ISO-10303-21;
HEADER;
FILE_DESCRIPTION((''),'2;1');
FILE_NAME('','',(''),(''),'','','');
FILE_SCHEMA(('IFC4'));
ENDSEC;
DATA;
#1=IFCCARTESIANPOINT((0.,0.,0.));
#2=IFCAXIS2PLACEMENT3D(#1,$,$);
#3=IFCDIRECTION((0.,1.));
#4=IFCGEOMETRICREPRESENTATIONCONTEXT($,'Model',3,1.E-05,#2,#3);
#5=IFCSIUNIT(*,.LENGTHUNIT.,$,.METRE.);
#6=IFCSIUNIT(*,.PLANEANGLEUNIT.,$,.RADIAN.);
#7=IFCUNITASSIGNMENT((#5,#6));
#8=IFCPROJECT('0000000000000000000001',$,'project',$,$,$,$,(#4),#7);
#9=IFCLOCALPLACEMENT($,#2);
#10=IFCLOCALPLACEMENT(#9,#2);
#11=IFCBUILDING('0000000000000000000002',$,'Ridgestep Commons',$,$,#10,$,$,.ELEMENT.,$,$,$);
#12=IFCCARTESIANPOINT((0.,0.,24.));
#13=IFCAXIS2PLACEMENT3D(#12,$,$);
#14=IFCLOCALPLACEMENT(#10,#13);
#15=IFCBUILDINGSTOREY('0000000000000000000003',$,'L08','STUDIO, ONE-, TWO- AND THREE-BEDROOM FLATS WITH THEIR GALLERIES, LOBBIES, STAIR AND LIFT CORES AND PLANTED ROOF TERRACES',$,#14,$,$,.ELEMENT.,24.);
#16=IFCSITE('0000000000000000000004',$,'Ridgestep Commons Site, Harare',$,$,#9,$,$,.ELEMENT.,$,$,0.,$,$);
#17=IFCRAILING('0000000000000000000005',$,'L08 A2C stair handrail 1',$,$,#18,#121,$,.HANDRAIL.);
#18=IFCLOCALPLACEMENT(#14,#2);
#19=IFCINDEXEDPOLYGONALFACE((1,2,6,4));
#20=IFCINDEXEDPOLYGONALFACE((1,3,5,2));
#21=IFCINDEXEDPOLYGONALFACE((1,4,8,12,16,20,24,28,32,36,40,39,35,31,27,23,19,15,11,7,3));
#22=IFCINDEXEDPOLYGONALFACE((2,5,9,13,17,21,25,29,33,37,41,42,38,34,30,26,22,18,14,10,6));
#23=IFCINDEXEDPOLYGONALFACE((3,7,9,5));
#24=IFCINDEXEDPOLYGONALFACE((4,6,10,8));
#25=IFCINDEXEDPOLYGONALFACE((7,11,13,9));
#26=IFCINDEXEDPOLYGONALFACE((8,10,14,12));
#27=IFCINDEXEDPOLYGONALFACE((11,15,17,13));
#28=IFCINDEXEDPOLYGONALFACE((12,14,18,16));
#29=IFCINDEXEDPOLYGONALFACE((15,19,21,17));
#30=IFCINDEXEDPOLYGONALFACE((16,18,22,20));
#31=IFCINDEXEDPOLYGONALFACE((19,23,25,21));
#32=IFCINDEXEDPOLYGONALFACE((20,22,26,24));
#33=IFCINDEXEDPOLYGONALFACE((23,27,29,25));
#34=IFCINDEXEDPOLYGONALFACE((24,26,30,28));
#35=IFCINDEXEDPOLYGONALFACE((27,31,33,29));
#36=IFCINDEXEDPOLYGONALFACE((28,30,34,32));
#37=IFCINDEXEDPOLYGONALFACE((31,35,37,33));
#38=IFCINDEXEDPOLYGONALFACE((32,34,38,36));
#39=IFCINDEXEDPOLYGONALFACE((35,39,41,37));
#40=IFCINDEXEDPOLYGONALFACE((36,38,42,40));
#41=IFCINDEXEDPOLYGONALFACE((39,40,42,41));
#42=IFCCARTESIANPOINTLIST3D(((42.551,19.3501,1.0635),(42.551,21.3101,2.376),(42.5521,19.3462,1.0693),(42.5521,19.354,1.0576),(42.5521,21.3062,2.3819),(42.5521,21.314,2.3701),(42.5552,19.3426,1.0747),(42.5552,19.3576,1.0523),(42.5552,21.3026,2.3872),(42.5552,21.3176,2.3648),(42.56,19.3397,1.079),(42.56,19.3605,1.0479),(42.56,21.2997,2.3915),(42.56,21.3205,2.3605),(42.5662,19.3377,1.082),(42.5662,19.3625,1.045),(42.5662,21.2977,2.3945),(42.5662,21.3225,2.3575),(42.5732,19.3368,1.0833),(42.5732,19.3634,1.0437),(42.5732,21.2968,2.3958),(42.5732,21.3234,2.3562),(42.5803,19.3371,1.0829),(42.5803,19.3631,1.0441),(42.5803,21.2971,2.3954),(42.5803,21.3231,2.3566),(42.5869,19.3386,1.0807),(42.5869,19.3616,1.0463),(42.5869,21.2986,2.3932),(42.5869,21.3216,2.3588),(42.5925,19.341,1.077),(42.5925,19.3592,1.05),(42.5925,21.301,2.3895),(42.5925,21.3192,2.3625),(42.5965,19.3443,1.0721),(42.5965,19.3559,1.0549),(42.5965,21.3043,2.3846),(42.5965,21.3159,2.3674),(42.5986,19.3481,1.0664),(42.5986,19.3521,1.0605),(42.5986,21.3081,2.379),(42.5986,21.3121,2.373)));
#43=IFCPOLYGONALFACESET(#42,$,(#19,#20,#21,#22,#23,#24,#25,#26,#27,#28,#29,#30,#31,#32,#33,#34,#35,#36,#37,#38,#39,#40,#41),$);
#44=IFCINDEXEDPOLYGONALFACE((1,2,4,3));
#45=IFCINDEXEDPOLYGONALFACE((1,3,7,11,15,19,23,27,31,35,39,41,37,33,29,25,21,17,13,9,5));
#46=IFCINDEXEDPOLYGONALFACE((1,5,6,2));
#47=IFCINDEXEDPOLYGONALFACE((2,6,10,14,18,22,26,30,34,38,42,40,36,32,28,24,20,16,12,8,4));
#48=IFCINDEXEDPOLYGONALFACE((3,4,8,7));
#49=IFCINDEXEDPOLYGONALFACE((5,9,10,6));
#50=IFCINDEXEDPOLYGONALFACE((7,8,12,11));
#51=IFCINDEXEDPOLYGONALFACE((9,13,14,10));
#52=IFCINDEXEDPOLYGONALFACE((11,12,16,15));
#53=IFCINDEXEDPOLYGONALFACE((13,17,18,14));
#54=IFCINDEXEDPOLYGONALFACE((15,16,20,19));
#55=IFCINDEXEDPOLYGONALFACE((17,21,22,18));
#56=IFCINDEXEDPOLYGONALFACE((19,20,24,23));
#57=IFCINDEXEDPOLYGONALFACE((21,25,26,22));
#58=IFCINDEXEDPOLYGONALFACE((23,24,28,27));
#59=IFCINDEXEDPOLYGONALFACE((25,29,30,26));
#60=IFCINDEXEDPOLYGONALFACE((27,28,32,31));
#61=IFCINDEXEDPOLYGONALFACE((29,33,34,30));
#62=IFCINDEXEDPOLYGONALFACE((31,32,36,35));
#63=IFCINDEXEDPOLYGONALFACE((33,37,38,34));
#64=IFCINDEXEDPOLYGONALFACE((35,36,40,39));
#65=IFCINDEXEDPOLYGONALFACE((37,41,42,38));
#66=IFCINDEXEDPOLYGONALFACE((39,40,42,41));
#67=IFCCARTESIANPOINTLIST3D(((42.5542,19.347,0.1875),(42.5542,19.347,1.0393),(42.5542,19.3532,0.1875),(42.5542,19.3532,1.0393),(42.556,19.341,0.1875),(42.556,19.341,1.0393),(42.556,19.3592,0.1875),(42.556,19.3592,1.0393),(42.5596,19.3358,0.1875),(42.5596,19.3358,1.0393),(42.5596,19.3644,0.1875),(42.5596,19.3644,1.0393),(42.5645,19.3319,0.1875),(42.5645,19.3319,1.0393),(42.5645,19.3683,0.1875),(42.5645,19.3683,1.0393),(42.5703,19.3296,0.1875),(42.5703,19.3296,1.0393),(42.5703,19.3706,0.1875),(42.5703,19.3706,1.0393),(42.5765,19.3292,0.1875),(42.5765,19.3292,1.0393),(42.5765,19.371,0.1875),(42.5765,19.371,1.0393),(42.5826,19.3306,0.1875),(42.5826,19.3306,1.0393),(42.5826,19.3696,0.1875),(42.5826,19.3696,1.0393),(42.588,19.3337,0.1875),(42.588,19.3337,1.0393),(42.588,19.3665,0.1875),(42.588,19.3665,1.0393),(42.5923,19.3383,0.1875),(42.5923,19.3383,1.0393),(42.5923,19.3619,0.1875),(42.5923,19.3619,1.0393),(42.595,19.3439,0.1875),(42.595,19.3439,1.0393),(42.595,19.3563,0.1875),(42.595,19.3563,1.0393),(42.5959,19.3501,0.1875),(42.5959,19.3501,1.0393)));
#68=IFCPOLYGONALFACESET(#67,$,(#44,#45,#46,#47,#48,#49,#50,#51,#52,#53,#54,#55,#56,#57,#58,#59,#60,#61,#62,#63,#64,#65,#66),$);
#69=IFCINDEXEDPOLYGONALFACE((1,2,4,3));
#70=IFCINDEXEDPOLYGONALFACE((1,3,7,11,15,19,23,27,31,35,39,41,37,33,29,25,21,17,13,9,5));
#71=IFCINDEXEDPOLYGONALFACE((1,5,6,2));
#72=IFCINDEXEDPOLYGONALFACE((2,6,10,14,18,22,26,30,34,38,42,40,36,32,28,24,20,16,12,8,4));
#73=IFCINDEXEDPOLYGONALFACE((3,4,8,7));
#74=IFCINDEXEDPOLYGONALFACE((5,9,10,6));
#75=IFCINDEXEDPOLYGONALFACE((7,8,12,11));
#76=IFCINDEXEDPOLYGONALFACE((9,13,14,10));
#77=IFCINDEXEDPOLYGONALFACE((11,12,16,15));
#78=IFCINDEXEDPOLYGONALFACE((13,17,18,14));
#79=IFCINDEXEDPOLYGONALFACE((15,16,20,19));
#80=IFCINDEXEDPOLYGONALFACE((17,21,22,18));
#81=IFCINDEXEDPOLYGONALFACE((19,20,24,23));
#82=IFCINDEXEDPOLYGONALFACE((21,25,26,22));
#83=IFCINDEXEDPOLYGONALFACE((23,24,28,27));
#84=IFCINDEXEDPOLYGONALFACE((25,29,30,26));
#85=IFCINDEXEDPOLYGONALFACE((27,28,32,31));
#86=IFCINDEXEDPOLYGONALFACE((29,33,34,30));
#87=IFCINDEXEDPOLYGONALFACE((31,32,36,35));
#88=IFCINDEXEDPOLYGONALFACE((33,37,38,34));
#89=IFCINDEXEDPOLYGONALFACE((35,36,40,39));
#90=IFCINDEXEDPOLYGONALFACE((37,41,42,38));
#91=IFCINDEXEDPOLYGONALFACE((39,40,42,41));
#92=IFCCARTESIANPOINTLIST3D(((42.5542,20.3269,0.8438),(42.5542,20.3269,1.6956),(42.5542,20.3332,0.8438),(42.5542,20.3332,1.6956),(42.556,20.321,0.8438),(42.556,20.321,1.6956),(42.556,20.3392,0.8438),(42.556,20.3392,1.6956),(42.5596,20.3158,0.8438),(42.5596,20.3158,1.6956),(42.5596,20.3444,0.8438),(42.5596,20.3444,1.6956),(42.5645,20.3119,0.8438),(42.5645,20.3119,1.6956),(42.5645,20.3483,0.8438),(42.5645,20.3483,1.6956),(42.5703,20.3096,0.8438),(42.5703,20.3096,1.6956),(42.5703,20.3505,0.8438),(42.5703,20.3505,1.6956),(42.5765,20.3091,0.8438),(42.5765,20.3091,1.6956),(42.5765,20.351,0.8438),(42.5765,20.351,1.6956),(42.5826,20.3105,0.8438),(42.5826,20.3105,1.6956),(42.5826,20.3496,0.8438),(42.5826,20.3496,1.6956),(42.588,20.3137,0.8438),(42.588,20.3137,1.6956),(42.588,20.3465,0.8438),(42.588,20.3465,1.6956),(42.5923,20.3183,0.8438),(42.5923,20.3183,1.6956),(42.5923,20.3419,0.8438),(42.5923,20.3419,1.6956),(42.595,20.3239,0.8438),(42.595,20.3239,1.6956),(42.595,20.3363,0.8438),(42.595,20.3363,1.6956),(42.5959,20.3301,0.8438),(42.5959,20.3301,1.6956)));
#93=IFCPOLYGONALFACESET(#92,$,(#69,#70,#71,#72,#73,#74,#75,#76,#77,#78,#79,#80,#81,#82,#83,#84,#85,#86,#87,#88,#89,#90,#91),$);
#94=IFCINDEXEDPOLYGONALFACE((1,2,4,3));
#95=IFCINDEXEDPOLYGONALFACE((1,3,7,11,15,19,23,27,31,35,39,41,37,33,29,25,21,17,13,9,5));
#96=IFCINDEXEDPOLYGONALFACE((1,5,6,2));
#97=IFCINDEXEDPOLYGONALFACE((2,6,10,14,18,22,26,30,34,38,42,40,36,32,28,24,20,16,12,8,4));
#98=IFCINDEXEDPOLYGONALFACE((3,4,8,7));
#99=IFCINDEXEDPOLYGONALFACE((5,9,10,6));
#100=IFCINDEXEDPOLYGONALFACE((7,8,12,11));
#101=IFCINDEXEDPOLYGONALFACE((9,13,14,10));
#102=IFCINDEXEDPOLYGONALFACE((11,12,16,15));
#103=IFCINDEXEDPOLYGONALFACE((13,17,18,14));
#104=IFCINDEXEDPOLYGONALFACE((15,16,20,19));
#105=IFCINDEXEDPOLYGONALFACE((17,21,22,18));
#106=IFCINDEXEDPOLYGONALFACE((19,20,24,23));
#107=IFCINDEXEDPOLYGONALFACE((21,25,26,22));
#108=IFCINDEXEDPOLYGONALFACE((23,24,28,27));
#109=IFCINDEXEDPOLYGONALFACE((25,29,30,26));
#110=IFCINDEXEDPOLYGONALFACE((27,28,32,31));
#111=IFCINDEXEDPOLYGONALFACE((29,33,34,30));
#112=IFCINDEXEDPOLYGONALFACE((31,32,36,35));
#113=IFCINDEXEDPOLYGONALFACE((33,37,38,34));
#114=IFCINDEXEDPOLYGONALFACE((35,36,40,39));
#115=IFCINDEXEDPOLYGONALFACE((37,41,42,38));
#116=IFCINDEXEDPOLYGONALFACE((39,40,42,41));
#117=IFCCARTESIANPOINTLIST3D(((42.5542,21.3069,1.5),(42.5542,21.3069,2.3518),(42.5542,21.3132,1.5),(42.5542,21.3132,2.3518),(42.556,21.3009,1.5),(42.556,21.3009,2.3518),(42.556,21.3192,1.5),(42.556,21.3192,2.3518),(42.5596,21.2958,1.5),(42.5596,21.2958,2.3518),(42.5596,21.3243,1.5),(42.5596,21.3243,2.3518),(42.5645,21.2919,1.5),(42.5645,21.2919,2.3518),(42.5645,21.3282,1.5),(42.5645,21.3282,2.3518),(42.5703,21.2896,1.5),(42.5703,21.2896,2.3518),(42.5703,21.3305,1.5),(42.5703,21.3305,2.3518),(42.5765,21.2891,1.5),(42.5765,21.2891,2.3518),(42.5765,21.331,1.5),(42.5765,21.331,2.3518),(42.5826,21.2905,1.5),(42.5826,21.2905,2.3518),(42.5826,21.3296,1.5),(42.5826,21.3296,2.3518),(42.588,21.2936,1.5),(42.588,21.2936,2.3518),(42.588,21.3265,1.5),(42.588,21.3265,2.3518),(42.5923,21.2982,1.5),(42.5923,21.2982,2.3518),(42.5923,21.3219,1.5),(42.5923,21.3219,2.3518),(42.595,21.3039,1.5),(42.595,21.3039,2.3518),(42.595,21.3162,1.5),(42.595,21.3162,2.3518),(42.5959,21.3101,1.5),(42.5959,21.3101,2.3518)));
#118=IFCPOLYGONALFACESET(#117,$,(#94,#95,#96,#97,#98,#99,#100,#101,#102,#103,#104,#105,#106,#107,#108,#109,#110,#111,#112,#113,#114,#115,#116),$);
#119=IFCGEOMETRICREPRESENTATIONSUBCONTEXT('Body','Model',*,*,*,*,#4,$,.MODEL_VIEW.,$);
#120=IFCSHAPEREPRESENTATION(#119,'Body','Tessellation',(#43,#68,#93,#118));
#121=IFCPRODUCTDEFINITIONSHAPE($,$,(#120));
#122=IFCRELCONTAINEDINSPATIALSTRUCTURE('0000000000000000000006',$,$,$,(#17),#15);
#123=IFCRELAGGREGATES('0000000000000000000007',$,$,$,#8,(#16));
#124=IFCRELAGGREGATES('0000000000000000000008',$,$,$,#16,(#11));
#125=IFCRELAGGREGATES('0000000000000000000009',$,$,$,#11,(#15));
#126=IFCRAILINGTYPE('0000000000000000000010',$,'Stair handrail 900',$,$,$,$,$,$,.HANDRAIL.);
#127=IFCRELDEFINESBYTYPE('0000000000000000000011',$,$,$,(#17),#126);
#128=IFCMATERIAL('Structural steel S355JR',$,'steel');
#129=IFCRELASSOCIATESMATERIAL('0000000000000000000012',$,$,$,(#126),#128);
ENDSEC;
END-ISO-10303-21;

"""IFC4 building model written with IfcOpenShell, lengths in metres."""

from ifc_helpers import new_model, si_unit, direction, frame, origin, origin_2d, place, context, subcontext, project, spatial, circle, extrude, material, type_object, element, save


model = new_model("IFC4")

# Units and contexts
model_context = context("Model", 3, precision=1e-05, world=origin(), true_north=direction((0.0, 1.0)))
body_context = subcontext(model_context, "Body", "Model", "MODEL_VIEW")
ifc_project = project(units=[si_unit("LENGTHUNIT", "METRE"), si_unit("PLANEANGLEUNIT", "RADIAN")], contexts=[model_context])

# Site, building, storey
site_placement = place(None, origin())
site = spatial("IfcSite", under=ifc_project, at=site_placement, Name="Ridgestep Commons Site, Harare", CompositionType="ELEMENT", RefElevation=0.0)
building_placement = place(site_placement, origin())
building = spatial("IfcBuilding", under=site, at=building_placement, Name="Ridgestep Commons", CompositionType="ELEMENT")
storey_placement = place(building_placement, frame((0.0, 0.0, 24.0)))
storey = spatial("IfcBuildingStorey", under=building, at=storey_placement, Name="L08", Description="STUDIO, ONE-, TWO- AND THREE-BEDROOM FLATS WITH THEIR GALLERIES, LOBBIES, STAIR AND LIFT CORES AND PLANTED ROOF TERRACES", CompositionType="ELEMENT", Elevation=24.0)

# Railing
ifc_material_1 = material(Name="Structural steel S355JR", Category="steel")
railing_type_1 = type_object("IfcRailingType", Name="Stair handrail 900", PredefinedType="HANDRAIL", material=ifc_material_1)
railing_1_placement = place(storey_placement, frame((42.575, 19.3501, 0.1875)))
element("IfcRailing", 1, at=railing_1_placement, inside=storey, type_object=railing_type_1, Name="L08 A2C stair handrail 1", PredefinedType="HANDRAIL", context=body_context, shape_type="SweptSolid", body=[
    extrude(circle(Radius=0.0239, at=origin_2d()), frame((0.0, 0.0, 0.876), z_axis=(0.0, 0.830902, 0.556419), x_axis=(-1.0, 0.0, 0.0)), (0.0, 0.0, 1.0), 2.3589),
    extrude(circle(Radius=0.021, at=origin_2d()), origin(), (0.0, 0.0, 1.0), 0.8518),
    extrude(circle(Radius=0.021, at=origin_2d()), frame((0.0, 0.98, 0.6562)), (0.0, 0.0, 1.0), 0.8518),
    extrude(circle(Radius=0.021, at=origin_2d()), frame((0.0, 1.96, 1.3125)), (0.0, 0.0, 1.0), 0.8518),
])

save(model, "model.ifc")
